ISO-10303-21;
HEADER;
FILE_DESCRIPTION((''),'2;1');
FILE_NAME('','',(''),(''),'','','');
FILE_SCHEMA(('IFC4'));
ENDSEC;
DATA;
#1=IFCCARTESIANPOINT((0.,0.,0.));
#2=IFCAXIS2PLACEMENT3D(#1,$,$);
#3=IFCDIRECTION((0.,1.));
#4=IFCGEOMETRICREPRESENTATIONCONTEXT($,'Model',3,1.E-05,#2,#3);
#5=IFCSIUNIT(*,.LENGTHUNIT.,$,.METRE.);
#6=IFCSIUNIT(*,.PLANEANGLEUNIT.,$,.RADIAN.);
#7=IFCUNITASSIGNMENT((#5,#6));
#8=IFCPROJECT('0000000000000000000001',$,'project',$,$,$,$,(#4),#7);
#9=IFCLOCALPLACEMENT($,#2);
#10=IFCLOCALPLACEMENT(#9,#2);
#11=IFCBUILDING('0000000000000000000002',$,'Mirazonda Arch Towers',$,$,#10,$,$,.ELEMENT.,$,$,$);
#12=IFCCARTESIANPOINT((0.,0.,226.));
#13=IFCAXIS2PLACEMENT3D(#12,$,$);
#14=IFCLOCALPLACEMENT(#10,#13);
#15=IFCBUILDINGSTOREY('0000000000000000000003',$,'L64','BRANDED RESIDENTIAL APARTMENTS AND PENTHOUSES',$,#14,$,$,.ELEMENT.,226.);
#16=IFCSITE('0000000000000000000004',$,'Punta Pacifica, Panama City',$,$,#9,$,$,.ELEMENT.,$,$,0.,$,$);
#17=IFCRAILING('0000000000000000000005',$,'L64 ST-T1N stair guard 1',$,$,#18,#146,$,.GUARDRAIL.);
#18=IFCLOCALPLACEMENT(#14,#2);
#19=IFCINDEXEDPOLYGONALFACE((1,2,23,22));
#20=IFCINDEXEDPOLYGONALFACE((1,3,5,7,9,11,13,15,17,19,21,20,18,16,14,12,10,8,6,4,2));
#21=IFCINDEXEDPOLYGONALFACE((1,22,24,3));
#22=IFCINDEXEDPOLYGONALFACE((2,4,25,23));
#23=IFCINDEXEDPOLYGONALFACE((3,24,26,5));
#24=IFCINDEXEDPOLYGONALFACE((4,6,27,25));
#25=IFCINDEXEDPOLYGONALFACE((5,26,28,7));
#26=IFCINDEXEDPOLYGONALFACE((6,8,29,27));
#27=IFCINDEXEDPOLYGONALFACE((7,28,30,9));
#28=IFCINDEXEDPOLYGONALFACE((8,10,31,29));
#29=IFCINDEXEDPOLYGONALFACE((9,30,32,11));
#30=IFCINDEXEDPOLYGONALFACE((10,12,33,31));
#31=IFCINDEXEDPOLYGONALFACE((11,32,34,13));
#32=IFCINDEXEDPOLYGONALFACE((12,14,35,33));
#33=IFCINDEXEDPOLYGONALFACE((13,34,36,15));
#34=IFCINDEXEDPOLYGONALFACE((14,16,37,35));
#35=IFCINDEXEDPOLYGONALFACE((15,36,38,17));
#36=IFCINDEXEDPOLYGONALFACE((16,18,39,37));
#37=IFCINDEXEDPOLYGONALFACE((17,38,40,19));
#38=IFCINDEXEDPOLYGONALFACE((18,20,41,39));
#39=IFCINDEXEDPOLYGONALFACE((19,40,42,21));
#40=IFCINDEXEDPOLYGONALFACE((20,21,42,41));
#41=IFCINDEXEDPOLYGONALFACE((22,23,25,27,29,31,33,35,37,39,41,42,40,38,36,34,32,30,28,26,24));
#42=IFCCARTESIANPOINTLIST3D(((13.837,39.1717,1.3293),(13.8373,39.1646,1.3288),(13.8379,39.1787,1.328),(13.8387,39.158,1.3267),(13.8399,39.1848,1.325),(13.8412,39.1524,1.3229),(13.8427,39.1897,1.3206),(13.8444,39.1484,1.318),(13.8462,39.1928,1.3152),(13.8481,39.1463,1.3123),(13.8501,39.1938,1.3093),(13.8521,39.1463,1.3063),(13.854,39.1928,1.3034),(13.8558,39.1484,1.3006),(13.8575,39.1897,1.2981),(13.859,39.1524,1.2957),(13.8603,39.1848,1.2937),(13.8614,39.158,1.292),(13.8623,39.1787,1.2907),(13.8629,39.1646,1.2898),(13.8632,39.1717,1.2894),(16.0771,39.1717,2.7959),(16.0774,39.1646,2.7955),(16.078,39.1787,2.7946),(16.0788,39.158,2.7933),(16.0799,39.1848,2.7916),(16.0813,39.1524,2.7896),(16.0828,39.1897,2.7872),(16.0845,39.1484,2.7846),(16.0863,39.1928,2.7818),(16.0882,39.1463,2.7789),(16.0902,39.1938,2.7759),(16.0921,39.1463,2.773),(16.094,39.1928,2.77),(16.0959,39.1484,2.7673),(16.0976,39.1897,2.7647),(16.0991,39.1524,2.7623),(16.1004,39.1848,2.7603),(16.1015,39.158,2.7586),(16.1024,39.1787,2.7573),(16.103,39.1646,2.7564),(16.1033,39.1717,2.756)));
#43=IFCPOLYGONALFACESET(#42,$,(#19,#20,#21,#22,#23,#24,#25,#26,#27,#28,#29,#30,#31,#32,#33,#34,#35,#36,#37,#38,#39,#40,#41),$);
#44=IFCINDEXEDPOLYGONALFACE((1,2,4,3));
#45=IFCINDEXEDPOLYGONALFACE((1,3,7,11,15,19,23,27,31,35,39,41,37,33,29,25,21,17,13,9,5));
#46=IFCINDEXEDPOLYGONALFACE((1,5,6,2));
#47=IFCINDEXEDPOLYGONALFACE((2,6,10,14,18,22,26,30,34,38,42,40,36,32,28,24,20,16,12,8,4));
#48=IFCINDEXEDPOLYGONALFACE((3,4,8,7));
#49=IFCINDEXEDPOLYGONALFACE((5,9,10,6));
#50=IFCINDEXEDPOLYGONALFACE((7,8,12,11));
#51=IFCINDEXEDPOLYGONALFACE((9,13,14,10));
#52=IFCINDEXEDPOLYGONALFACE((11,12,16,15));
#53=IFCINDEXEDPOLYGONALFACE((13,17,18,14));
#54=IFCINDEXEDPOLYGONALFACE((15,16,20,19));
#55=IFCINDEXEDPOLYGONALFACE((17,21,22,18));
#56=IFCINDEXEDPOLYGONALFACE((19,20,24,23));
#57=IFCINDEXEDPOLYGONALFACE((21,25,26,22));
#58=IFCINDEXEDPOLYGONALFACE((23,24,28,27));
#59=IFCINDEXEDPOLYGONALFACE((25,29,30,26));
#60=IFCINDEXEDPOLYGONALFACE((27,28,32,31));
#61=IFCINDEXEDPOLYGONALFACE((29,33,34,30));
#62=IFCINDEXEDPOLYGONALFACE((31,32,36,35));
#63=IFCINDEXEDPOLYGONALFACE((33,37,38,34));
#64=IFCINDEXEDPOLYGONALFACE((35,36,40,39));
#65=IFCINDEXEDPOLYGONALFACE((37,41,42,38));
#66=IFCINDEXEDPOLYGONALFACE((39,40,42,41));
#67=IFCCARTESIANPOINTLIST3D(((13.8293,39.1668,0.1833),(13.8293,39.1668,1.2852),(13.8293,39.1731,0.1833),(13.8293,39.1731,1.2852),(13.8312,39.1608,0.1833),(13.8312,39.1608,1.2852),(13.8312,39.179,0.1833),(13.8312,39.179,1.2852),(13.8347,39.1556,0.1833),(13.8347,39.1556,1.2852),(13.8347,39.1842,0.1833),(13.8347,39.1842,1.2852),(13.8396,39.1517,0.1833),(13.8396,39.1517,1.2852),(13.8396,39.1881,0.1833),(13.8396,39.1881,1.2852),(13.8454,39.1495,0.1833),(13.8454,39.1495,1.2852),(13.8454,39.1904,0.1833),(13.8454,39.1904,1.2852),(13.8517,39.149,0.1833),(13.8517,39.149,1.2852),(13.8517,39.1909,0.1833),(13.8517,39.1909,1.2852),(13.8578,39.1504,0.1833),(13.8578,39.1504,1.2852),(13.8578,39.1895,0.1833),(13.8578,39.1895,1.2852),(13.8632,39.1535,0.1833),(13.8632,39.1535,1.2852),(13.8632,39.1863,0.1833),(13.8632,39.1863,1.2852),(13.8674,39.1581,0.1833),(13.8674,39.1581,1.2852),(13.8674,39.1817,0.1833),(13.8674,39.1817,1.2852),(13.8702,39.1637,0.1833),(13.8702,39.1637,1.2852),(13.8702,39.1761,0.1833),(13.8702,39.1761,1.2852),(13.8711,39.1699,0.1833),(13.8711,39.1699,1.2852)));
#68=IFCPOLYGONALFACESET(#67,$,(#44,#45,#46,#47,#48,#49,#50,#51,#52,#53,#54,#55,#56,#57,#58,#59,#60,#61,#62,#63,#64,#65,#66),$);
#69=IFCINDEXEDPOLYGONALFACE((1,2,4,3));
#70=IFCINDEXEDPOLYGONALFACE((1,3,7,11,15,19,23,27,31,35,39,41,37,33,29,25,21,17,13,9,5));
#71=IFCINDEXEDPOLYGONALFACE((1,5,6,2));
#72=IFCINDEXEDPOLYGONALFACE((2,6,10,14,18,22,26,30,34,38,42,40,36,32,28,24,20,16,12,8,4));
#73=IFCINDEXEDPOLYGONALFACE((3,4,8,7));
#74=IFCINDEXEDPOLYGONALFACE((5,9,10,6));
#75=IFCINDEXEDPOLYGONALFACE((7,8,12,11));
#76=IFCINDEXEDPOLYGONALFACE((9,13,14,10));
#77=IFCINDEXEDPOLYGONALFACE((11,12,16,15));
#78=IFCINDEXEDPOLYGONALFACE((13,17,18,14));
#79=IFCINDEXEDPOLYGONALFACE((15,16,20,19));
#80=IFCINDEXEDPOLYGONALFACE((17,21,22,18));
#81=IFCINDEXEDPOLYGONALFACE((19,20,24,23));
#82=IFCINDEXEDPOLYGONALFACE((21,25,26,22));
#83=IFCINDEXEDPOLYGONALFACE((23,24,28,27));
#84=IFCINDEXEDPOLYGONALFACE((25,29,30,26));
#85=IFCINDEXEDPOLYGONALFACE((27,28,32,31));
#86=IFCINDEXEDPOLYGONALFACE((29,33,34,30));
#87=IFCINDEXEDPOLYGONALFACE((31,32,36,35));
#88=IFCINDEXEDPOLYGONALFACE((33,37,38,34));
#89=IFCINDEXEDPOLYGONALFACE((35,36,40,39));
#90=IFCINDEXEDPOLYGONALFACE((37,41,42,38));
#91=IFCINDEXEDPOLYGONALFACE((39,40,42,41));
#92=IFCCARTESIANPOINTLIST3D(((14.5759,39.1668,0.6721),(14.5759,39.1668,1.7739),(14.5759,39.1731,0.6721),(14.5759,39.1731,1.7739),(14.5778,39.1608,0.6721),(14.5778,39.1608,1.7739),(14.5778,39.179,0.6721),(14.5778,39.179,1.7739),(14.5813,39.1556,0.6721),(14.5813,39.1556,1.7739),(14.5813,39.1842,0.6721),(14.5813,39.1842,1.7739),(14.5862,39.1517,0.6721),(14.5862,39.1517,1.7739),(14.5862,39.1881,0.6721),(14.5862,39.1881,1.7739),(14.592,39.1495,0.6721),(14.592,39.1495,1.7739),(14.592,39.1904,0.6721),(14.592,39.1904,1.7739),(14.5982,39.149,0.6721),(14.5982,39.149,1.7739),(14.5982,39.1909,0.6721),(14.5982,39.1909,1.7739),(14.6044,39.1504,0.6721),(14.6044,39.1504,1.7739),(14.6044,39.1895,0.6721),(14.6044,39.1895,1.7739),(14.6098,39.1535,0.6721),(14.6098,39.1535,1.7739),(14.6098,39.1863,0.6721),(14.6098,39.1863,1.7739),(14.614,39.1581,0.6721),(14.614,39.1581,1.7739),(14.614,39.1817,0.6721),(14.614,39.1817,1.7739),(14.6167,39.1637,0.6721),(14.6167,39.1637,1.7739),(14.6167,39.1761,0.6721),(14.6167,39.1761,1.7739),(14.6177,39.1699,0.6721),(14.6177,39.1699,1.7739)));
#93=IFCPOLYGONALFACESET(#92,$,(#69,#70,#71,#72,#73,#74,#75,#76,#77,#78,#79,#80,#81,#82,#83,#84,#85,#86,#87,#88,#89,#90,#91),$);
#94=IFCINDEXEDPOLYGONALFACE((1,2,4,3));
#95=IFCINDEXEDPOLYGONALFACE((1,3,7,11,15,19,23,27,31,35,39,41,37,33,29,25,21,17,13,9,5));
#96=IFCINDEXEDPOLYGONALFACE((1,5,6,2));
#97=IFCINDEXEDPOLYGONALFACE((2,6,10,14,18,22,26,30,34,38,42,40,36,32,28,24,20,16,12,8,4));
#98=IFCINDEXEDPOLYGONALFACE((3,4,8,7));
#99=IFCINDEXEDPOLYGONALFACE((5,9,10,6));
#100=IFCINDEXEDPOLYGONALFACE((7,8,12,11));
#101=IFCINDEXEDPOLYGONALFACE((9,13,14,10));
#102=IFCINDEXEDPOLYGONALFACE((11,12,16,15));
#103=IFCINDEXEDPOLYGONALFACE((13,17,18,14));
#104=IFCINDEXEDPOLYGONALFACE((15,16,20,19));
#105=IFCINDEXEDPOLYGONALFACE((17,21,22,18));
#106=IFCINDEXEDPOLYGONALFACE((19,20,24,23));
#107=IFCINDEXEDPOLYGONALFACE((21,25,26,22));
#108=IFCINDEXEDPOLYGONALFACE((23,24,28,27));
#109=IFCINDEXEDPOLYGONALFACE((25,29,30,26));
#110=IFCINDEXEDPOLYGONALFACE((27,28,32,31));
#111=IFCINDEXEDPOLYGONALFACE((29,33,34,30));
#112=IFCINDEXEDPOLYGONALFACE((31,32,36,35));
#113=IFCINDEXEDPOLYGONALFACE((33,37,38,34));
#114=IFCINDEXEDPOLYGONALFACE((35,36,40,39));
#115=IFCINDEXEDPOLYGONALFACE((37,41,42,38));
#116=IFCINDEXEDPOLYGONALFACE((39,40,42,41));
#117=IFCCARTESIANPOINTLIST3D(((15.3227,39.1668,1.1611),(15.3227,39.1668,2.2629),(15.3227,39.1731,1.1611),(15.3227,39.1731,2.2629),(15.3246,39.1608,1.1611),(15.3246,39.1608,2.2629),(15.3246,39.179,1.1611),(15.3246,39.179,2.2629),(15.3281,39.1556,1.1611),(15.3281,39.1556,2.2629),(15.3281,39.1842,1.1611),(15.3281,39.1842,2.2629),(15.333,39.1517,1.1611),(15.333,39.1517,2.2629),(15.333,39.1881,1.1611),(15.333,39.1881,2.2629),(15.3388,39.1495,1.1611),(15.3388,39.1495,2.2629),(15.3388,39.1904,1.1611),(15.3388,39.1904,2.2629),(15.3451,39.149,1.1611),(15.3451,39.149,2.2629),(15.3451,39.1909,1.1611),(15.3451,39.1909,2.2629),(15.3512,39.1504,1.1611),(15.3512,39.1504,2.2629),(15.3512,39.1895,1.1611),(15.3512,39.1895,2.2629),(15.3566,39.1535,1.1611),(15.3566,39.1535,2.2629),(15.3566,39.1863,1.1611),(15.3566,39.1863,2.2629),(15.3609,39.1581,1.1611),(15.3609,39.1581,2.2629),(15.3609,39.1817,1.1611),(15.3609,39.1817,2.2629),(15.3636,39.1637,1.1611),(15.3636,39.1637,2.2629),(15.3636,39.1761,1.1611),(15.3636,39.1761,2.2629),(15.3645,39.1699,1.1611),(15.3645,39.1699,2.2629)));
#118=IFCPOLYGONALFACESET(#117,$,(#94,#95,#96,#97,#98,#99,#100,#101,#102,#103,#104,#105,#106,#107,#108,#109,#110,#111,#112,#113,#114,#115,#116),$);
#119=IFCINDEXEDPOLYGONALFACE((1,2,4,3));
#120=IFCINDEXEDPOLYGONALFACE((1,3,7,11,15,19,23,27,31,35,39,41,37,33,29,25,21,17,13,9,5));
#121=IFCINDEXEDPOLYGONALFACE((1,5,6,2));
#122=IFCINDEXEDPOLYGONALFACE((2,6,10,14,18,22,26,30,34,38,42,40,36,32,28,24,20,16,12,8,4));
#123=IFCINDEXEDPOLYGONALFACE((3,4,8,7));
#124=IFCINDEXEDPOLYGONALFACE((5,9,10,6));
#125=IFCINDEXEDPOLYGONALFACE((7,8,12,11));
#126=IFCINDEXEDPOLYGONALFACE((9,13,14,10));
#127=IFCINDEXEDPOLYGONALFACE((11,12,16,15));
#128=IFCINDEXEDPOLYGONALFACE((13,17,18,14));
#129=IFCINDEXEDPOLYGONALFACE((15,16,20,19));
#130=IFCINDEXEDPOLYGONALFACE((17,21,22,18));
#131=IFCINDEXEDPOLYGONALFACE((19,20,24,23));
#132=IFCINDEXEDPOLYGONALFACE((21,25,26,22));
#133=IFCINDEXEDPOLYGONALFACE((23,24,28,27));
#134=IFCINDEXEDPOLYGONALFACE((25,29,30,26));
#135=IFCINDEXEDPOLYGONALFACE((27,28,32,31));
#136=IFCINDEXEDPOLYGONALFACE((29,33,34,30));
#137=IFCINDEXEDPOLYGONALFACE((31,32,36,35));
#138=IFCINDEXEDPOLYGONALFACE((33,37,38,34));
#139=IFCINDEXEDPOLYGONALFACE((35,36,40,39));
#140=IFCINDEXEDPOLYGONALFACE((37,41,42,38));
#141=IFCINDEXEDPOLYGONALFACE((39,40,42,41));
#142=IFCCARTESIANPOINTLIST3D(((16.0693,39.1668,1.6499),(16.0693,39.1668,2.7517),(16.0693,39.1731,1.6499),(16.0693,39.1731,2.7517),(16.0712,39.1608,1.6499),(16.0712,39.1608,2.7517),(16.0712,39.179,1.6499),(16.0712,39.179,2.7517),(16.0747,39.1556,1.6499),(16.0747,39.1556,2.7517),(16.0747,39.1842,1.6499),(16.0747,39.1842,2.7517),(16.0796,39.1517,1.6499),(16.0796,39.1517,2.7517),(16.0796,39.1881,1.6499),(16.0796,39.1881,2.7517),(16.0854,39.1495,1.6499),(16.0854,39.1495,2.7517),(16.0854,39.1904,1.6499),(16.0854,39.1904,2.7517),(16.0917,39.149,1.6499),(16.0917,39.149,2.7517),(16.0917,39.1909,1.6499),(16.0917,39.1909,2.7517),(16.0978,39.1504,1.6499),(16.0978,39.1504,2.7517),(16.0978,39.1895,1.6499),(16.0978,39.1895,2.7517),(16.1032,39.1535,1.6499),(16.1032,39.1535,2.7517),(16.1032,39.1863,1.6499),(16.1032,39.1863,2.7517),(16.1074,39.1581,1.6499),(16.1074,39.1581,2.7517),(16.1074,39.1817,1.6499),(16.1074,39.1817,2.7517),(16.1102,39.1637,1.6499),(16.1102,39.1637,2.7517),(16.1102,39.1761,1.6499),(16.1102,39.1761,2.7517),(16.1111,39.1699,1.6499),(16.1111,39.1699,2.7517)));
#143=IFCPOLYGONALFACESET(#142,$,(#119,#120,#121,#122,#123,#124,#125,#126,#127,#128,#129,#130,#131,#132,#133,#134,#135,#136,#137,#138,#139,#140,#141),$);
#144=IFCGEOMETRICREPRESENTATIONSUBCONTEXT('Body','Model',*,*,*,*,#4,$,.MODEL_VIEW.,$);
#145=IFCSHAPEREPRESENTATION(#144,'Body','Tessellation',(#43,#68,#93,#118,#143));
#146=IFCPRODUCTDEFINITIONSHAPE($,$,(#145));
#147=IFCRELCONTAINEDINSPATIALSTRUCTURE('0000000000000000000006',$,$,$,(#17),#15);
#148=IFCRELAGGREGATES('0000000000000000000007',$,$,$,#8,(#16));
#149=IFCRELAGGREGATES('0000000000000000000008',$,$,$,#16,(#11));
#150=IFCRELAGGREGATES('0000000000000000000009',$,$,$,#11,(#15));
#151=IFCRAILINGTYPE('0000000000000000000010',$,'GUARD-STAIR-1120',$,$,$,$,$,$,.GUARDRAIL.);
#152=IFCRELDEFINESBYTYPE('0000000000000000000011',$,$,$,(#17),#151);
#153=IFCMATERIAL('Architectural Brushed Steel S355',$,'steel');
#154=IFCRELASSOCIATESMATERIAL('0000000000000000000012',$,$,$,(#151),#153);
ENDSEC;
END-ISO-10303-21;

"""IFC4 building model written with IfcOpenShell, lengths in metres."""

from ifc_helpers import new_model, si_unit, direction, frame, origin, origin_2d, place, context, subcontext, project, spatial, circle, extrude, material, type_object, element, save


model = new_model("IFC4")

# Units and contexts
model_context = context("Model", 3, precision=1e-05, world=origin(), true_north=direction((0.0, 1.0)))
body_context = subcontext(model_context, "Body", "Model", "MODEL_VIEW")
ifc_project = project(units=[si_unit("LENGTHUNIT", "METRE"), si_unit("PLANEANGLEUNIT", "RADIAN")], contexts=[model_context])

# Site, building, storey
site_placement = place(None, origin())
site = spatial("IfcSite", under=ifc_project, at=site_placement, Name="Punta Pacifica, Panama City", CompositionType="ELEMENT", RefElevation=0.0)
building_placement = place(site_placement, origin())
building = spatial("IfcBuilding", under=site, at=building_placement, Name="Mirazonda Arch Towers", CompositionType="ELEMENT")
storey_placement = place(building_placement, frame((0.0, 0.0, 226.0)))
storey = spatial("IfcBuildingStorey", under=building, at=storey_placement, Name="L64", Description="BRANDED RESIDENTIAL APARTMENTS AND PENTHOUSES", CompositionType="ELEMENT", Elevation=226.0)

# Shared definitions
ifc_material_1 = material(Name="Architectural Brushed Steel S355", Category="steel")

# Railing
railing_type_1 = type_object("IfcRailingType", Name="GUARD-STAIR-1120", PredefinedType="GUARDRAIL", material=ifc_material_1)
railing_1_placement = place(storey_placement, frame((13.8501, 39.1699, 0.1833)))
element("IfcRailing", 1, at=railing_1_placement, inside=storey, type_object=railing_type_1, Name="L64 ST-T1N stair guard 1", PredefinedType="GUARDRAIL", context=body_context, shape_type="SweptSolid", body=[
    extrude(circle(Radius=0.0239, at=origin_2d()), frame((0.0, 0.0, 1.126), z_axis=(0.836637, 0.0, 0.547758), x_axis=(0.0, 1.0, 0.0)), (0.0, 0.0, 1.0), 2.6775),
    extrude(circle(Radius=0.021, at=origin_2d()), origin(), (0.0, 0.0, 1.0), 1.1018),
    extrude(circle(Radius=0.021, at=origin_2d()), frame((0.7466, 0.0, 0.4888)), (0.0, 0.0, 1.0), 1.1018),
    extrude(circle(Radius=0.021, at=origin_2d()), frame((1.4934, 0.0, 0.9778)), (0.0, 0.0, 1.0), 1.1018),
    extrude(circle(Radius=0.021, at=origin_2d()), frame((2.24, 0.0, 1.4666)), (0.0, 0.0, 1.0), 1.1018),
])

save(model, "model.ifc")
